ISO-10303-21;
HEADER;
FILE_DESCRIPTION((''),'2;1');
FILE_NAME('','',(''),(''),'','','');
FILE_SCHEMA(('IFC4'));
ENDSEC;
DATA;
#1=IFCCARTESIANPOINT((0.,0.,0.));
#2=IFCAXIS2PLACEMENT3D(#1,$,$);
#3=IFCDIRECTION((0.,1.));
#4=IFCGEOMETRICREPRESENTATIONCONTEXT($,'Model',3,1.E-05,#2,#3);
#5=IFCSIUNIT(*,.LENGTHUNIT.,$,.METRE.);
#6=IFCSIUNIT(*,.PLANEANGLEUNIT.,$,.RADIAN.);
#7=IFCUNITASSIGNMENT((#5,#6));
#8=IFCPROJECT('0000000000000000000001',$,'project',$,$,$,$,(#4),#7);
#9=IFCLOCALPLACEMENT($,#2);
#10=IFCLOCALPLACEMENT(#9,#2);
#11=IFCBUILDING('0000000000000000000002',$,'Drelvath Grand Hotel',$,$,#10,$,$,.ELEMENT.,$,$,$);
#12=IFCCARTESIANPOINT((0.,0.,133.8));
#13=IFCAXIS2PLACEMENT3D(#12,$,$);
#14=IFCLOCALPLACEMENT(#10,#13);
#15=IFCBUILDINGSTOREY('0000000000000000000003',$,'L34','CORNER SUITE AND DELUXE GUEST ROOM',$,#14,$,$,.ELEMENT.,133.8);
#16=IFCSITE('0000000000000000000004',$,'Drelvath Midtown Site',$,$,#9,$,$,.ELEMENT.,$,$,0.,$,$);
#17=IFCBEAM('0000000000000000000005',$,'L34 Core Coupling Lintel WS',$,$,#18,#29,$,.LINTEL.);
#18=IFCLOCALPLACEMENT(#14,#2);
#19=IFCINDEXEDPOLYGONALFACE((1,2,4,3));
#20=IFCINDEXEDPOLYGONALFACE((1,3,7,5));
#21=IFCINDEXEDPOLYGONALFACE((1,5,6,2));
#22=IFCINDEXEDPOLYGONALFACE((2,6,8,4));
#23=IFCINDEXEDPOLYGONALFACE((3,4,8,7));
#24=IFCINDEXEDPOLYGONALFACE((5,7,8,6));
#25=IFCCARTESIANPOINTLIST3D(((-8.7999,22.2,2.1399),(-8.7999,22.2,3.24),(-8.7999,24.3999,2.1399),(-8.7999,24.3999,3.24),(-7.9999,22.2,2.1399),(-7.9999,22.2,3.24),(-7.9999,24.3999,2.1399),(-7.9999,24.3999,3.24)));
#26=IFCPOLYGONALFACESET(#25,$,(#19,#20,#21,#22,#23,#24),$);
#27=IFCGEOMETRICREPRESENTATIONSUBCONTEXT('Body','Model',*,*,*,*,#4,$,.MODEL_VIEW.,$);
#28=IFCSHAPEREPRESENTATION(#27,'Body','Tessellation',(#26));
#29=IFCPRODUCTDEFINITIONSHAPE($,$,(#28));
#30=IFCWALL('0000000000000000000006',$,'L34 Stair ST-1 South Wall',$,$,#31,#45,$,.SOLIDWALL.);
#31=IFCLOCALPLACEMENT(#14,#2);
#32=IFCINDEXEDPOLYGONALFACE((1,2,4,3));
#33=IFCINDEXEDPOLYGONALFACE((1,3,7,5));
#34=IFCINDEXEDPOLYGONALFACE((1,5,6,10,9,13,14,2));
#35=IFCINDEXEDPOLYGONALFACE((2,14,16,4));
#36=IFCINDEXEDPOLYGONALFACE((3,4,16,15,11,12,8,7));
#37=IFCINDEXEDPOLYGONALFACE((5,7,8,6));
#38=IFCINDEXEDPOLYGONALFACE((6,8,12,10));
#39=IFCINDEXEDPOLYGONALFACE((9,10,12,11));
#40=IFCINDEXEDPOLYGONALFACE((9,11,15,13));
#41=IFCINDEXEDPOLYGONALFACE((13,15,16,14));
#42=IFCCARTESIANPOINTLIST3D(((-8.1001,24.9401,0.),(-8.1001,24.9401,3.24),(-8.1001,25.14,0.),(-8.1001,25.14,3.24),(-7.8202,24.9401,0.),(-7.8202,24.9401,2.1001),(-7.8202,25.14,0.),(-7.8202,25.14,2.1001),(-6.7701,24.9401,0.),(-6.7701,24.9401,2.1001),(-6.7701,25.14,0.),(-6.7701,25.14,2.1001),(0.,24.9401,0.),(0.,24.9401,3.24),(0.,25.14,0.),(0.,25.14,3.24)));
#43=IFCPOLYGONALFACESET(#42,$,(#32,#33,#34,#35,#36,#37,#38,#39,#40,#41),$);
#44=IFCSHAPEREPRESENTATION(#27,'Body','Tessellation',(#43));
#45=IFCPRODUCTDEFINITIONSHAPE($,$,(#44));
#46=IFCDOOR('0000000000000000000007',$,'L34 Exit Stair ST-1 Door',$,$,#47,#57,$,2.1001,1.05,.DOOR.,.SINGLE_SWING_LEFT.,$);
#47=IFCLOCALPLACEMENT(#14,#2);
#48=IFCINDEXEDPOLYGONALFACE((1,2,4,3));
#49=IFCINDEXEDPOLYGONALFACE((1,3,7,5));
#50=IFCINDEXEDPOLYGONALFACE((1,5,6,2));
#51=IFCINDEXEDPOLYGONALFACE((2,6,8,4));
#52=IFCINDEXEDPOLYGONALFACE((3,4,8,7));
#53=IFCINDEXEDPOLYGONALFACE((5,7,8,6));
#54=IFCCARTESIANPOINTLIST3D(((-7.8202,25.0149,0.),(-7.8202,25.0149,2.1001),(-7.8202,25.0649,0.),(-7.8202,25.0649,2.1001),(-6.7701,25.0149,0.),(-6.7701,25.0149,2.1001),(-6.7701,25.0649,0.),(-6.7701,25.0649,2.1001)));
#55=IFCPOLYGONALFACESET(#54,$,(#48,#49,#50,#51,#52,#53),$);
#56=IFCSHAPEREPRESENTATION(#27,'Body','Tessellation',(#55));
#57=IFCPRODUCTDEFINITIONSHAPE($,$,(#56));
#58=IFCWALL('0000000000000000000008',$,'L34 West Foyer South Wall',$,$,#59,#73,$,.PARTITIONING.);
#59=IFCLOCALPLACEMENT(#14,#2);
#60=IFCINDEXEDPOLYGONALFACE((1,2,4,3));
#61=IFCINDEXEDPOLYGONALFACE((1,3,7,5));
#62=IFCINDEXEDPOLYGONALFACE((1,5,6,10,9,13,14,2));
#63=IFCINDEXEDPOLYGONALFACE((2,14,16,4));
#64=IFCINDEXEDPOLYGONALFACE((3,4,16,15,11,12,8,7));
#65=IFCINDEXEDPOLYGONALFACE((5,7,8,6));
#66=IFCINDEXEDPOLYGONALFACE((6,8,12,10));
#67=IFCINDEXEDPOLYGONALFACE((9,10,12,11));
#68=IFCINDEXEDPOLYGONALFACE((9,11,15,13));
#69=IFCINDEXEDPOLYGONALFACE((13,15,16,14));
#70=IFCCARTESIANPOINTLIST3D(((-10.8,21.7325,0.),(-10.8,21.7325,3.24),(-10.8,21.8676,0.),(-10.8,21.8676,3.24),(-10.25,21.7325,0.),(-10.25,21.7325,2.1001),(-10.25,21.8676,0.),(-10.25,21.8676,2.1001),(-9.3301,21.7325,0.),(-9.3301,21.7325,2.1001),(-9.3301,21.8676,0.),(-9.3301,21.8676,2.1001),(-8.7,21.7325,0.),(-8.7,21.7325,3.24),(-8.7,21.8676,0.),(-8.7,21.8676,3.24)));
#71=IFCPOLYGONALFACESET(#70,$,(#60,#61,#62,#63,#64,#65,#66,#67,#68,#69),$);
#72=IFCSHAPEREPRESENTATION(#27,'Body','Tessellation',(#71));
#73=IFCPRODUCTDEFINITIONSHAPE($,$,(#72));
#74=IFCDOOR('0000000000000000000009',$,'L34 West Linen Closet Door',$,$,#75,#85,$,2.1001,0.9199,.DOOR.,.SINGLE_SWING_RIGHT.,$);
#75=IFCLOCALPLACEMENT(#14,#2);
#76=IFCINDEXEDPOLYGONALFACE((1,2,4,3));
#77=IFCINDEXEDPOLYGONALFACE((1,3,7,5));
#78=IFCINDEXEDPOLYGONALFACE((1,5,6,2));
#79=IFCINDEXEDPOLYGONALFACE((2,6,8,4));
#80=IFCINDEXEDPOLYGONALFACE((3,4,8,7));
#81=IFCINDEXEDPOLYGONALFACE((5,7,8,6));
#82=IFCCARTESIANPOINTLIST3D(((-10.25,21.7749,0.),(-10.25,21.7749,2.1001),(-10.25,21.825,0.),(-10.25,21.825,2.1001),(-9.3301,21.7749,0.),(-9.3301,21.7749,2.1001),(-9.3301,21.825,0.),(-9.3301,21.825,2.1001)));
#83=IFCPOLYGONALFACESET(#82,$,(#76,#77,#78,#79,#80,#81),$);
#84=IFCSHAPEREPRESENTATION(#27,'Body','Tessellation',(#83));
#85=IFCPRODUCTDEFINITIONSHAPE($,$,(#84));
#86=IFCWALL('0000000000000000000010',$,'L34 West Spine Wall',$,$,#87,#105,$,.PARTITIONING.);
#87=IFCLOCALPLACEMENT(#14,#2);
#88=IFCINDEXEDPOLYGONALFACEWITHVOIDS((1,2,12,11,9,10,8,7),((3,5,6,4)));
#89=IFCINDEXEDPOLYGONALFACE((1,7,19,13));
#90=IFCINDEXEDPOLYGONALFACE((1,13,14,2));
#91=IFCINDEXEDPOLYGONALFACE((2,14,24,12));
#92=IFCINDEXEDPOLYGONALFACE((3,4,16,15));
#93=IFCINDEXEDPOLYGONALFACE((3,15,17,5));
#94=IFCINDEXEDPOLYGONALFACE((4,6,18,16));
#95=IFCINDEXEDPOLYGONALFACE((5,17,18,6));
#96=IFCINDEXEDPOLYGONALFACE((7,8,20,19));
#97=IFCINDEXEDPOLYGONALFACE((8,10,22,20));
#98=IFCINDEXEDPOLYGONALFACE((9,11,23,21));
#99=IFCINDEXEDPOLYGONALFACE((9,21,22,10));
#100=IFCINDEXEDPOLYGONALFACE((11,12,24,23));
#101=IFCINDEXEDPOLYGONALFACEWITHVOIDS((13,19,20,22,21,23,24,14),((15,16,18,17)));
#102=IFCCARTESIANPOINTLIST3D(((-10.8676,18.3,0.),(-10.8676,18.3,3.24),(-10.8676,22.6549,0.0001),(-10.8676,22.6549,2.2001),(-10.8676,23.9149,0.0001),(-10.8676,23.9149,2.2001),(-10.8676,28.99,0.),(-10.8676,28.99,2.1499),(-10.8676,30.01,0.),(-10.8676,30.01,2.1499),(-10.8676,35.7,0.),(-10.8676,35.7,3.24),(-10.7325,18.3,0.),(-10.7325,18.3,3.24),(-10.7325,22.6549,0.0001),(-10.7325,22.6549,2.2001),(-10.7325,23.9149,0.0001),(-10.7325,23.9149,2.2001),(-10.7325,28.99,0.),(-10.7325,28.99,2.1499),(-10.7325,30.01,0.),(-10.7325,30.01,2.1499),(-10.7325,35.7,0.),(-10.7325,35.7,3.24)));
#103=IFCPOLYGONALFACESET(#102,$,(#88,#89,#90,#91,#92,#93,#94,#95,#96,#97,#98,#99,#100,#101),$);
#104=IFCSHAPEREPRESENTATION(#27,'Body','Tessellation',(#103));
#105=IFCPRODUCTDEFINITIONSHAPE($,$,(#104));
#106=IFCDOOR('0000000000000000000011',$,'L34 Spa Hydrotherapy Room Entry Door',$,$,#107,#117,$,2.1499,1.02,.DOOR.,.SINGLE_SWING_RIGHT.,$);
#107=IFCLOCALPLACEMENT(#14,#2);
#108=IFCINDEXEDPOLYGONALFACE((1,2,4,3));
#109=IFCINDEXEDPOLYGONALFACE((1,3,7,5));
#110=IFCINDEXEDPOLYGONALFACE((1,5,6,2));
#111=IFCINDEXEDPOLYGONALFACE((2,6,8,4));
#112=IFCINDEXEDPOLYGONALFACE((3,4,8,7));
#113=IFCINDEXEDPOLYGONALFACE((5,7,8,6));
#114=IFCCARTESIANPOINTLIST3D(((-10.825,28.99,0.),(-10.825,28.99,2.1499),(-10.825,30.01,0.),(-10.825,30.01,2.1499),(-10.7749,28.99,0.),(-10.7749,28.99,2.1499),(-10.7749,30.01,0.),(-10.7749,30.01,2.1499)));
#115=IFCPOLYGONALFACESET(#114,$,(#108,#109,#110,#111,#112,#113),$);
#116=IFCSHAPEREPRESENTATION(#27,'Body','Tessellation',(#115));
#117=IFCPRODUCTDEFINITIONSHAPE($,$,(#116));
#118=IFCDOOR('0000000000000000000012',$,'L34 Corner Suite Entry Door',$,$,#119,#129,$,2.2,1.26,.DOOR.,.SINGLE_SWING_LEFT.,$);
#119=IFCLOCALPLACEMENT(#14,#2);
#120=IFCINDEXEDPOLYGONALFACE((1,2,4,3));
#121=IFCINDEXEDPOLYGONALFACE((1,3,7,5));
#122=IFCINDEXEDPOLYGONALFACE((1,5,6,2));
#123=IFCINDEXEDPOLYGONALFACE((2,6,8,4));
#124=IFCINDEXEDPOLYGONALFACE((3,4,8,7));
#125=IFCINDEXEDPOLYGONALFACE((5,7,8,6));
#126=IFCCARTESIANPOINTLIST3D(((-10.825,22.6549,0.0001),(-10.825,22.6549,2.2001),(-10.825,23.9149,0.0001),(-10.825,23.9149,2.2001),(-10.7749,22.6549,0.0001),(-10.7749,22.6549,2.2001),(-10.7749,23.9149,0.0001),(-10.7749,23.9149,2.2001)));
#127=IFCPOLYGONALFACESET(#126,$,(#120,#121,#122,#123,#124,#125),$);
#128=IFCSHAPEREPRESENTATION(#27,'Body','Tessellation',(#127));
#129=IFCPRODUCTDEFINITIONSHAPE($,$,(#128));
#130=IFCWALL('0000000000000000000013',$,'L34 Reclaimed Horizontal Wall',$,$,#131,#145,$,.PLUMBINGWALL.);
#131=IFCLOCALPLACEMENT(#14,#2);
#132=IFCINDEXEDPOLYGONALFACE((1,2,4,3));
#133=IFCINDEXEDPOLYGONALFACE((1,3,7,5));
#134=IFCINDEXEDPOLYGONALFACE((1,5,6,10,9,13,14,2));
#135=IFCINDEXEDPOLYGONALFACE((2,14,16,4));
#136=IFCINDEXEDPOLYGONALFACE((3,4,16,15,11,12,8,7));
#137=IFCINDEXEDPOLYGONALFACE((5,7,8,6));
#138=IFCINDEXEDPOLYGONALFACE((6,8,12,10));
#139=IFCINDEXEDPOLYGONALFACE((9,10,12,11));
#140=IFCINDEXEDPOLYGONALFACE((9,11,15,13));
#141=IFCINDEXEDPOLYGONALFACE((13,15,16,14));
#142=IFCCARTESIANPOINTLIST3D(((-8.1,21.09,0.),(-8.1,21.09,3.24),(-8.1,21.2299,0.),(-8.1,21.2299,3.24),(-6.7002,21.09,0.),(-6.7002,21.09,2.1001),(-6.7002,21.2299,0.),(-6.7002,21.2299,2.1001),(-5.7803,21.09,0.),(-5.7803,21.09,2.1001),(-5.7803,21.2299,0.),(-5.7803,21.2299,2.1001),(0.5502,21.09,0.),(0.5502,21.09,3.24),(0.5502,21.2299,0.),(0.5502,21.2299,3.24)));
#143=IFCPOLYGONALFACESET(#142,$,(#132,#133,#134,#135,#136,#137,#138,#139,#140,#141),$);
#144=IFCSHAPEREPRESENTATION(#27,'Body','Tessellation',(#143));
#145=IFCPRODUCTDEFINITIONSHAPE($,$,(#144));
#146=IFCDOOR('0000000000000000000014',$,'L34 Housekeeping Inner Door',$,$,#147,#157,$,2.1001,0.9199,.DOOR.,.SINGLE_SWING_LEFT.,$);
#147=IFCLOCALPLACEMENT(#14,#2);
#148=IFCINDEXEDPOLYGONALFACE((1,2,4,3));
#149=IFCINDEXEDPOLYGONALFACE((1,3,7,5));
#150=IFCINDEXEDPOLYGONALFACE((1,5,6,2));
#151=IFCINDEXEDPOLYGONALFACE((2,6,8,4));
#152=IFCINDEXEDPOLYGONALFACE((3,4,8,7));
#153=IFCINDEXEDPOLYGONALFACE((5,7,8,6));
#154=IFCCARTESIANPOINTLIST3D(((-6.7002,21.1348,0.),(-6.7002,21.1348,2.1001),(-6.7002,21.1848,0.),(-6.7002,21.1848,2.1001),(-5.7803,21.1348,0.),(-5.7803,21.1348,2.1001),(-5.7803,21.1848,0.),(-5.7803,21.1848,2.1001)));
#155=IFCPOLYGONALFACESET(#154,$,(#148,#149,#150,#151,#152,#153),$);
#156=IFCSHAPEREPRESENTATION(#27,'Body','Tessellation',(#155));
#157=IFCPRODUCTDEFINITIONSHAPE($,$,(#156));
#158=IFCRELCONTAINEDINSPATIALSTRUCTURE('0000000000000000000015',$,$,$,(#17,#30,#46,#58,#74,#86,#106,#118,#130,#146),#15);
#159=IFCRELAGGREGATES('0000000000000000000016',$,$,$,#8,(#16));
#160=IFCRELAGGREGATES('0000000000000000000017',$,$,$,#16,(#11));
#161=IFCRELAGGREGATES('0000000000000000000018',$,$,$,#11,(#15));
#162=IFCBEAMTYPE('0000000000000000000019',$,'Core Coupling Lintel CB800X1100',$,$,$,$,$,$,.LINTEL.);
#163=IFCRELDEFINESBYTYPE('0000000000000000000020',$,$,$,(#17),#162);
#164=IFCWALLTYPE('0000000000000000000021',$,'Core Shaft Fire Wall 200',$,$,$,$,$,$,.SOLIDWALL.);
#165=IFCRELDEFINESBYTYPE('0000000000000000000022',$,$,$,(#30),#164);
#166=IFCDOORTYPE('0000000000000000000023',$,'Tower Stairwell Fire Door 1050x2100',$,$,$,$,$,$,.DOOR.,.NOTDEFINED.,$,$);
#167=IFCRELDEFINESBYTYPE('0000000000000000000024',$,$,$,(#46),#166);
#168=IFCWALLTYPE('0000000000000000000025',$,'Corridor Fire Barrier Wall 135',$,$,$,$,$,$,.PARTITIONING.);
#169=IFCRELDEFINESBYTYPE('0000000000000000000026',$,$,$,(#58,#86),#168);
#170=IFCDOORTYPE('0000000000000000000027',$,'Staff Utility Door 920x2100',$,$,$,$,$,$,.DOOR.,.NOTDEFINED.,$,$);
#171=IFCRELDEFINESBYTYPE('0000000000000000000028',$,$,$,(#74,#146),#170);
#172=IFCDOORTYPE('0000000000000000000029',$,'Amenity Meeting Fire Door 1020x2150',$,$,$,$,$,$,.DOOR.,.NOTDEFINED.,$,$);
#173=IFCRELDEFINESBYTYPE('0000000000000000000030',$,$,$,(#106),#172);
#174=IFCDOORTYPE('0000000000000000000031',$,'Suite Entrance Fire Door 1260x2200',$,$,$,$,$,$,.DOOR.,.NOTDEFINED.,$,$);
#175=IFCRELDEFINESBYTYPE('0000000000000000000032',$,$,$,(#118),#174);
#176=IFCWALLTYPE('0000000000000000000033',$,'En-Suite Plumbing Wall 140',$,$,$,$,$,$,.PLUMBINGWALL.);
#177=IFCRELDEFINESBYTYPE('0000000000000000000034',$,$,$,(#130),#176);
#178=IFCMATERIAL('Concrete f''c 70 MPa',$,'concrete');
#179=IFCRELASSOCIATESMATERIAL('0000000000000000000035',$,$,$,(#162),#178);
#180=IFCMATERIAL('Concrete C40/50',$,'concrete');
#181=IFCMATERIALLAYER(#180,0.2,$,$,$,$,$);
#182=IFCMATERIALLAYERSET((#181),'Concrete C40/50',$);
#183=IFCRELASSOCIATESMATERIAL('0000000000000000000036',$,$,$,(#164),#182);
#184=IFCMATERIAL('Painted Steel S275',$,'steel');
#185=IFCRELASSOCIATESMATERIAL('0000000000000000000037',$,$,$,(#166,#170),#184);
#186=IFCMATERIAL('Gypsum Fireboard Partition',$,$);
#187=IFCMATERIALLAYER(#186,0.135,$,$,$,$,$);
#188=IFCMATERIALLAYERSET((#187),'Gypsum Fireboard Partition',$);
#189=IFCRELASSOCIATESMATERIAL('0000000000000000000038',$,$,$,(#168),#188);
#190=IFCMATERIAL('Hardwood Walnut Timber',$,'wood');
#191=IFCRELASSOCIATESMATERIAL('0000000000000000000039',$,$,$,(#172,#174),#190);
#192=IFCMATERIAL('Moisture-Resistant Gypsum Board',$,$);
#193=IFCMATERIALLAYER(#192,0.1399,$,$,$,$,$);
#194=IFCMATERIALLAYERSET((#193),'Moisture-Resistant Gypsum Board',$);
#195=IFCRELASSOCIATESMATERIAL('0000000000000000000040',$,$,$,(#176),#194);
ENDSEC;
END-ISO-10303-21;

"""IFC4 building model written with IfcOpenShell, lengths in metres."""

from ifc_helpers import new_model, si_unit, direction, frame, frame_2d, origin, origin_2d, place, context, subcontext, project, spatial, rectangle, extrude, material, layer, layer_set, material_profile, profile_set, type_object, element, fill, save


model = new_model("IFC4")

# Units and contexts
model_context = context("Model", 3, precision=1e-05, world=origin(), true_north=direction((0.0, 1.0)))
body_context = subcontext(model_context, "Body", "Model", "MODEL_VIEW")
ifc_project = project(units=[si_unit("LENGTHUNIT", "METRE"), si_unit("PLANEANGLEUNIT", "RADIAN")], contexts=[model_context])

# Site, building, storey
site_placement = place(None, origin())
site = spatial("IfcSite", under=ifc_project, at=site_placement, Name="Drelvath Midtown Site", CompositionType="ELEMENT", RefElevation=0.0)
building_placement = place(site_placement, origin())
building = spatial("IfcBuilding", under=site, at=building_placement, Name="Drelvath Grand Hotel", CompositionType="ELEMENT")
storey_placement = place(building_placement, frame((0.0, 0.0, 133.8)))
storey = spatial("IfcBuildingStorey", under=building, at=storey_placement, Name="L34", Description="CORNER SUITE AND DELUXE GUEST ROOM", CompositionType="ELEMENT", Elevation=133.8)

# Beam
ifc_material_1 = material(Name="Concrete f'c 70 MPa", Category="concrete")
ifc_material_profile = material_profile(ifc_material_1, rectangle(XDim=0.8, YDim=1.1001, at=origin_2d()), Name="CB800X1100")
ifc_profile_set = profile_set([ifc_material_profile], Name="Concrete f'c 70 MPa")
beam_type = type_object("IfcBeamType", Name="Core Coupling Lintel CB800X1100", PredefinedType="LINTEL", material=ifc_profile_set)
beam_placement = place(storey_placement, frame((-8.3999, 22.2, 2.6899), z_axis=(0.0, 1.0, 0.0), x_axis=(-1.0, 0.0, 0.0)))
element("IfcBeam", 1, at=beam_placement, inside=storey, type_object=beam_type, Name="L34 Core Coupling Lintel WS", PredefinedType="LINTEL", context=body_context, shape_type="SweptSolid", body=[
    extrude(rectangle(XDim=0.8, YDim=1.1001, at=origin_2d()), origin(), (0.0, 0.0, 1.0), 2.2),
])

# Walls, openings, doors
ifc_material_2 = material(Name="Concrete C40/50", Category="concrete")
ifc_layer_1 = layer(ifc_material_2, 0.2)
ifc_layer_set_1 = layer_set([ifc_layer_1], Name="Concrete C40/50")
wall_type_1 = type_object("IfcWallType", Name="Core Shaft Fire Wall 200", PredefinedType="SOLIDWALL", material=ifc_layer_set_1)
wall_1_placement = place(storey_placement, frame((-8.1001, 25.04, 0.0), z_axis=(0.0, 0.0, 1.0), x_axis=(1.0, 0.0, 0.0)))
wall_1 = element("IfcWall", 2, at=wall_1_placement, inside=storey, type_object=wall_type_1, Name="L34 Stair ST-1 South Wall", PredefinedType="SOLIDWALL", context=body_context, shape_type="SweptSolid", body=[
    extrude(rectangle(XDim=8.1001, YDim=0.2, at=frame_2d((4.05, 0.0))), origin(), (0.0, 0.0, 1.0), 3.24),
])
opening_1_placement = place(wall_1_placement, frame((0.28, 0.0, 0.0)))
opening_1 = element("IfcOpeningElement", 3, at=opening_1_placement, cuts=wall_1, PredefinedType="OPENING", context=body_context, shape_type="SweptSolid", body=[
    extrude(rectangle(XDim=1.05, YDim=2.1001, at=frame_2d((0.5249, 1.05))), frame((0.0, 0.1099, 0.0), z_axis=(0.0, -1.0, 0.0), x_axis=(1.0, 0.0, 0.0)), (0.0, 0.0, 1.0), 0.22),
])
ifc_material_3 = material(Name="Painted Steel S275", Category="steel")
door_type_1 = type_object("IfcDoorType", Name="Tower Stairwell Fire Door 1050x2100", OperationType="NOTDEFINED", PredefinedType="DOOR", material=ifc_material_3)
door_1_placement = place(opening_1_placement, origin())
door_1 = element("IfcDoor", 4, at=door_1_placement, inside=storey, type_object=door_type_1, Name="L34 Exit Stair ST-1 Door", OperationType="SINGLE_SWING_LEFT", OverallHeight=2.1001, OverallWidth=1.05, PredefinedType="DOOR", context=body_context, shape_type="SweptSolid", body=[
    extrude(rectangle(XDim=1.05, YDim=2.1001, at=frame_2d((0.5249, 1.05))), frame((0.0, 0.0249, 0.0), z_axis=(0.0, -1.0, 0.0), x_axis=(1.0, 0.0, 0.0)), (0.0, 0.0, 1.0), 0.05),
])
fill(opening_1, door_1)
ifc_material_4 = material(Name="Gypsum Fireboard Partition")
ifc_layer_2 = layer(ifc_material_4, 0.135)
ifc_layer_set_2 = layer_set([ifc_layer_2], Name="Gypsum Fireboard Partition")
wall_type_2 = type_object("IfcWallType", Name="Corridor Fire Barrier Wall 135", PredefinedType="PARTITIONING", material=ifc_layer_set_2)
wall_2_placement = place(storey_placement, frame((-10.8, 21.8, 0.0), z_axis=(0.0, 0.0, 1.0), x_axis=(1.0, 0.0, 0.0)))
wall_2 = element("IfcWall", 5, at=wall_2_placement, inside=storey, type_object=wall_type_2, Name="L34 West Foyer South Wall", PredefinedType="PARTITIONING", context=body_context, shape_type="SweptSolid", body=[
    extrude(rectangle(XDim=2.1001, YDim=0.135, at=frame_2d((1.05, 0.0))), origin(), (0.0, 0.0, 1.0), 3.24),
])
opening_2_placement = place(wall_2_placement, frame((0.55, 0.0, 0.0)))
opening_2 = element("IfcOpeningElement", 6, at=opening_2_placement, cuts=wall_2, PredefinedType="OPENING", context=body_context, shape_type="SweptSolid", body=[
    extrude(rectangle(XDim=0.9199, YDim=2.1001, at=frame_2d((0.46, 1.05))), frame((0.0, 0.0774, 0.0), z_axis=(0.0, -1.0, 0.0), x_axis=(1.0, 0.0, 0.0)), (0.0, 0.0, 1.0), 0.155),
])
door_type_2 = type_object("IfcDoorType", Name="Staff Utility Door 920x2100", OperationType="NOTDEFINED", PredefinedType="DOOR", material=ifc_material_3)
door_2_placement = place(opening_2_placement, origin())
door_2 = element("IfcDoor", 7, at=door_2_placement, inside=storey, type_object=door_type_2, Name="L34 West Linen Closet Door", OperationType="SINGLE_SWING_RIGHT", OverallHeight=2.1001, OverallWidth=0.9199, PredefinedType="DOOR", context=body_context, shape_type="SweptSolid", body=[
    extrude(rectangle(XDim=0.9199, YDim=2.1001, at=frame_2d((0.46, 1.05))), frame((0.0, 0.0249, 0.0), z_axis=(0.0, -1.0, 0.0), x_axis=(1.0, 0.0, 0.0)), (0.0, 0.0, 1.0), 0.05),
])
fill(opening_2, door_2)

# Wall, openings, doors
wall_3_placement = place(storey_placement, frame((-10.8, 18.3, 0.0), z_axis=(0.0, 0.0, 1.0), x_axis=(0.0, 1.0, 0.0)))
wall_3 = element("IfcWall", 8, at=wall_3_placement, inside=storey, type_object=wall_type_2, Name="L34 West Spine Wall", PredefinedType="PARTITIONING", context=body_context, shape_type="SweptSolid", body=[
    extrude(rectangle(XDim=17.3999, YDim=0.135, at=frame_2d((8.7, 0.0))), origin(), (0.0, 0.0, 1.0), 3.24),
])
opening_3_placement = place(wall_3_placement, frame((4.355, 0.0, 0.0)))
opening_3 = element("IfcOpeningElement", 9, at=opening_3_placement, cuts=wall_3, PredefinedType="OPENING", context=body_context, shape_type="SweptSolid", body=[
    extrude(rectangle(XDim=1.26, YDim=2.2, at=frame_2d((0.6299, 1.1001))), frame((0.0, 0.0774, 0.0), z_axis=(0.0, -1.0, 0.0), x_axis=(1.0, 0.0, 0.0)), (0.0, 0.0, 1.0), 0.155),
])
opening_4_placement = place(wall_3_placement, frame((10.6899, 0.0, 0.0)))
opening_4 = element("IfcOpeningElement", 10, at=opening_4_placement, cuts=wall_3, PredefinedType="OPENING", context=body_context, shape_type="SweptSolid", body=[
    extrude(rectangle(XDim=1.02, YDim=2.1499, at=frame_2d((0.51, 1.075))), frame((0.0, 0.0774, 0.0), z_axis=(0.0, -1.0, 0.0), x_axis=(1.0, 0.0, 0.0)), (0.0, 0.0, 1.0), 0.155),
])
ifc_material_5 = material(Name="Hardwood Walnut Timber", Category="wood")
door_type_3 = type_object("IfcDoorType", Name="Amenity Meeting Fire Door 1020x2150", OperationType="NOTDEFINED", PredefinedType="DOOR", material=ifc_material_5)
door_3_placement = place(opening_4_placement, origin())
door_3 = element("IfcDoor", 11, at=door_3_placement, inside=storey, type_object=door_type_3, Name="L34 Spa Hydrotherapy Room Entry Door", OperationType="SINGLE_SWING_RIGHT", OverallHeight=2.1499, OverallWidth=1.02, PredefinedType="DOOR", context=body_context, shape_type="SweptSolid", body=[
    extrude(rectangle(XDim=1.02, YDim=2.1499, at=frame_2d((0.51, 1.075))), frame((0.0, 0.0249, 0.0), z_axis=(0.0, -1.0, 0.0), x_axis=(1.0, 0.0, 0.0)), (0.0, 0.0, 1.0), 0.05),
])
fill(opening_4, door_3)
door_type_4 = type_object("IfcDoorType", Name="Suite Entrance Fire Door 1260x2200", OperationType="NOTDEFINED", PredefinedType="DOOR", material=ifc_material_5)
door_4_placement = place(opening_3_placement, origin())
door_4 = element("IfcDoor", 12, at=door_4_placement, inside=storey, type_object=door_type_4, Name="L34 Corner Suite Entry Door", OperationType="SINGLE_SWING_LEFT", OverallHeight=2.2, OverallWidth=1.26, PredefinedType="DOOR", context=body_context, shape_type="SweptSolid", body=[
    extrude(rectangle(XDim=1.26, YDim=2.2, at=frame_2d((0.6299, 1.1001))), frame((0.0, 0.0249, 0.0), z_axis=(0.0, -1.0, 0.0), x_axis=(1.0, 0.0, 0.0)), (0.0, 0.0, 1.0), 0.05),
])
fill(opening_3, door_4)

# Wall, opening, door
ifc_material_6 = material(Name="Moisture-Resistant Gypsum Board")
ifc_layer_3 = layer(ifc_material_6, 0.1399)
ifc_layer_set_3 = layer_set([ifc_layer_3], Name="Moisture-Resistant Gypsum Board")
wall_type_3 = type_object("IfcWallType", Name="En-Suite Plumbing Wall 140", PredefinedType="PLUMBINGWALL", material=ifc_layer_set_3)
wall_4_placement = place(storey_placement, frame((-8.1001, 21.1599, 0.0), z_axis=(0.0, 0.0, 1.0), x_axis=(1.0, 0.0, 0.0)))
wall_4 = element("IfcWall", 13, at=wall_4_placement, inside=storey, type_object=wall_type_3, Name="L34 Reclaimed Horizontal Wall", PredefinedType="PLUMBINGWALL", context=body_context, shape_type="SweptSolid", body=[
    extrude(rectangle(XDim=8.6501, YDim=0.1399, at=frame_2d((4.3252, 0.0))), origin(), (0.0, 0.0, 1.0), 3.24),
])
opening_5_placement = place(wall_4_placement, frame((1.3999, 0.0, 0.0)))
opening_5 = element("IfcOpeningElement", 14, at=opening_5_placement, cuts=wall_4, PredefinedType="OPENING", context=body_context, shape_type="SweptSolid", body=[
    extrude(rectangle(XDim=0.9199, YDim=2.1001, at=frame_2d((0.46, 1.05))), frame((0.0, 0.0798, 0.0), z_axis=(0.0, -1.0, 0.0), x_axis=(1.0, 0.0, 0.0)), (0.0, 0.0, 1.0), 0.1599),
])
door_5_placement = place(opening_5_placement, origin())
door_5 = element("IfcDoor", 15, at=door_5_placement, inside=storey, type_object=door_type_2, Name="L34 Housekeeping Inner Door", OperationType="SINGLE_SWING_LEFT", OverallHeight=2.1001, OverallWidth=0.9199, PredefinedType="DOOR", context=body_context, shape_type="SweptSolid", body=[
    extrude(rectangle(XDim=0.9199, YDim=2.1001, at=frame_2d((0.46, 1.05))), frame((0.0, 0.0249, 0.0), z_axis=(0.0, -1.0, 0.0), x_axis=(1.0, 0.0, 0.0)), (0.0, 0.0, 1.0), 0.05),
])
fill(opening_5, door_5)

save(model, "model.ifc")
